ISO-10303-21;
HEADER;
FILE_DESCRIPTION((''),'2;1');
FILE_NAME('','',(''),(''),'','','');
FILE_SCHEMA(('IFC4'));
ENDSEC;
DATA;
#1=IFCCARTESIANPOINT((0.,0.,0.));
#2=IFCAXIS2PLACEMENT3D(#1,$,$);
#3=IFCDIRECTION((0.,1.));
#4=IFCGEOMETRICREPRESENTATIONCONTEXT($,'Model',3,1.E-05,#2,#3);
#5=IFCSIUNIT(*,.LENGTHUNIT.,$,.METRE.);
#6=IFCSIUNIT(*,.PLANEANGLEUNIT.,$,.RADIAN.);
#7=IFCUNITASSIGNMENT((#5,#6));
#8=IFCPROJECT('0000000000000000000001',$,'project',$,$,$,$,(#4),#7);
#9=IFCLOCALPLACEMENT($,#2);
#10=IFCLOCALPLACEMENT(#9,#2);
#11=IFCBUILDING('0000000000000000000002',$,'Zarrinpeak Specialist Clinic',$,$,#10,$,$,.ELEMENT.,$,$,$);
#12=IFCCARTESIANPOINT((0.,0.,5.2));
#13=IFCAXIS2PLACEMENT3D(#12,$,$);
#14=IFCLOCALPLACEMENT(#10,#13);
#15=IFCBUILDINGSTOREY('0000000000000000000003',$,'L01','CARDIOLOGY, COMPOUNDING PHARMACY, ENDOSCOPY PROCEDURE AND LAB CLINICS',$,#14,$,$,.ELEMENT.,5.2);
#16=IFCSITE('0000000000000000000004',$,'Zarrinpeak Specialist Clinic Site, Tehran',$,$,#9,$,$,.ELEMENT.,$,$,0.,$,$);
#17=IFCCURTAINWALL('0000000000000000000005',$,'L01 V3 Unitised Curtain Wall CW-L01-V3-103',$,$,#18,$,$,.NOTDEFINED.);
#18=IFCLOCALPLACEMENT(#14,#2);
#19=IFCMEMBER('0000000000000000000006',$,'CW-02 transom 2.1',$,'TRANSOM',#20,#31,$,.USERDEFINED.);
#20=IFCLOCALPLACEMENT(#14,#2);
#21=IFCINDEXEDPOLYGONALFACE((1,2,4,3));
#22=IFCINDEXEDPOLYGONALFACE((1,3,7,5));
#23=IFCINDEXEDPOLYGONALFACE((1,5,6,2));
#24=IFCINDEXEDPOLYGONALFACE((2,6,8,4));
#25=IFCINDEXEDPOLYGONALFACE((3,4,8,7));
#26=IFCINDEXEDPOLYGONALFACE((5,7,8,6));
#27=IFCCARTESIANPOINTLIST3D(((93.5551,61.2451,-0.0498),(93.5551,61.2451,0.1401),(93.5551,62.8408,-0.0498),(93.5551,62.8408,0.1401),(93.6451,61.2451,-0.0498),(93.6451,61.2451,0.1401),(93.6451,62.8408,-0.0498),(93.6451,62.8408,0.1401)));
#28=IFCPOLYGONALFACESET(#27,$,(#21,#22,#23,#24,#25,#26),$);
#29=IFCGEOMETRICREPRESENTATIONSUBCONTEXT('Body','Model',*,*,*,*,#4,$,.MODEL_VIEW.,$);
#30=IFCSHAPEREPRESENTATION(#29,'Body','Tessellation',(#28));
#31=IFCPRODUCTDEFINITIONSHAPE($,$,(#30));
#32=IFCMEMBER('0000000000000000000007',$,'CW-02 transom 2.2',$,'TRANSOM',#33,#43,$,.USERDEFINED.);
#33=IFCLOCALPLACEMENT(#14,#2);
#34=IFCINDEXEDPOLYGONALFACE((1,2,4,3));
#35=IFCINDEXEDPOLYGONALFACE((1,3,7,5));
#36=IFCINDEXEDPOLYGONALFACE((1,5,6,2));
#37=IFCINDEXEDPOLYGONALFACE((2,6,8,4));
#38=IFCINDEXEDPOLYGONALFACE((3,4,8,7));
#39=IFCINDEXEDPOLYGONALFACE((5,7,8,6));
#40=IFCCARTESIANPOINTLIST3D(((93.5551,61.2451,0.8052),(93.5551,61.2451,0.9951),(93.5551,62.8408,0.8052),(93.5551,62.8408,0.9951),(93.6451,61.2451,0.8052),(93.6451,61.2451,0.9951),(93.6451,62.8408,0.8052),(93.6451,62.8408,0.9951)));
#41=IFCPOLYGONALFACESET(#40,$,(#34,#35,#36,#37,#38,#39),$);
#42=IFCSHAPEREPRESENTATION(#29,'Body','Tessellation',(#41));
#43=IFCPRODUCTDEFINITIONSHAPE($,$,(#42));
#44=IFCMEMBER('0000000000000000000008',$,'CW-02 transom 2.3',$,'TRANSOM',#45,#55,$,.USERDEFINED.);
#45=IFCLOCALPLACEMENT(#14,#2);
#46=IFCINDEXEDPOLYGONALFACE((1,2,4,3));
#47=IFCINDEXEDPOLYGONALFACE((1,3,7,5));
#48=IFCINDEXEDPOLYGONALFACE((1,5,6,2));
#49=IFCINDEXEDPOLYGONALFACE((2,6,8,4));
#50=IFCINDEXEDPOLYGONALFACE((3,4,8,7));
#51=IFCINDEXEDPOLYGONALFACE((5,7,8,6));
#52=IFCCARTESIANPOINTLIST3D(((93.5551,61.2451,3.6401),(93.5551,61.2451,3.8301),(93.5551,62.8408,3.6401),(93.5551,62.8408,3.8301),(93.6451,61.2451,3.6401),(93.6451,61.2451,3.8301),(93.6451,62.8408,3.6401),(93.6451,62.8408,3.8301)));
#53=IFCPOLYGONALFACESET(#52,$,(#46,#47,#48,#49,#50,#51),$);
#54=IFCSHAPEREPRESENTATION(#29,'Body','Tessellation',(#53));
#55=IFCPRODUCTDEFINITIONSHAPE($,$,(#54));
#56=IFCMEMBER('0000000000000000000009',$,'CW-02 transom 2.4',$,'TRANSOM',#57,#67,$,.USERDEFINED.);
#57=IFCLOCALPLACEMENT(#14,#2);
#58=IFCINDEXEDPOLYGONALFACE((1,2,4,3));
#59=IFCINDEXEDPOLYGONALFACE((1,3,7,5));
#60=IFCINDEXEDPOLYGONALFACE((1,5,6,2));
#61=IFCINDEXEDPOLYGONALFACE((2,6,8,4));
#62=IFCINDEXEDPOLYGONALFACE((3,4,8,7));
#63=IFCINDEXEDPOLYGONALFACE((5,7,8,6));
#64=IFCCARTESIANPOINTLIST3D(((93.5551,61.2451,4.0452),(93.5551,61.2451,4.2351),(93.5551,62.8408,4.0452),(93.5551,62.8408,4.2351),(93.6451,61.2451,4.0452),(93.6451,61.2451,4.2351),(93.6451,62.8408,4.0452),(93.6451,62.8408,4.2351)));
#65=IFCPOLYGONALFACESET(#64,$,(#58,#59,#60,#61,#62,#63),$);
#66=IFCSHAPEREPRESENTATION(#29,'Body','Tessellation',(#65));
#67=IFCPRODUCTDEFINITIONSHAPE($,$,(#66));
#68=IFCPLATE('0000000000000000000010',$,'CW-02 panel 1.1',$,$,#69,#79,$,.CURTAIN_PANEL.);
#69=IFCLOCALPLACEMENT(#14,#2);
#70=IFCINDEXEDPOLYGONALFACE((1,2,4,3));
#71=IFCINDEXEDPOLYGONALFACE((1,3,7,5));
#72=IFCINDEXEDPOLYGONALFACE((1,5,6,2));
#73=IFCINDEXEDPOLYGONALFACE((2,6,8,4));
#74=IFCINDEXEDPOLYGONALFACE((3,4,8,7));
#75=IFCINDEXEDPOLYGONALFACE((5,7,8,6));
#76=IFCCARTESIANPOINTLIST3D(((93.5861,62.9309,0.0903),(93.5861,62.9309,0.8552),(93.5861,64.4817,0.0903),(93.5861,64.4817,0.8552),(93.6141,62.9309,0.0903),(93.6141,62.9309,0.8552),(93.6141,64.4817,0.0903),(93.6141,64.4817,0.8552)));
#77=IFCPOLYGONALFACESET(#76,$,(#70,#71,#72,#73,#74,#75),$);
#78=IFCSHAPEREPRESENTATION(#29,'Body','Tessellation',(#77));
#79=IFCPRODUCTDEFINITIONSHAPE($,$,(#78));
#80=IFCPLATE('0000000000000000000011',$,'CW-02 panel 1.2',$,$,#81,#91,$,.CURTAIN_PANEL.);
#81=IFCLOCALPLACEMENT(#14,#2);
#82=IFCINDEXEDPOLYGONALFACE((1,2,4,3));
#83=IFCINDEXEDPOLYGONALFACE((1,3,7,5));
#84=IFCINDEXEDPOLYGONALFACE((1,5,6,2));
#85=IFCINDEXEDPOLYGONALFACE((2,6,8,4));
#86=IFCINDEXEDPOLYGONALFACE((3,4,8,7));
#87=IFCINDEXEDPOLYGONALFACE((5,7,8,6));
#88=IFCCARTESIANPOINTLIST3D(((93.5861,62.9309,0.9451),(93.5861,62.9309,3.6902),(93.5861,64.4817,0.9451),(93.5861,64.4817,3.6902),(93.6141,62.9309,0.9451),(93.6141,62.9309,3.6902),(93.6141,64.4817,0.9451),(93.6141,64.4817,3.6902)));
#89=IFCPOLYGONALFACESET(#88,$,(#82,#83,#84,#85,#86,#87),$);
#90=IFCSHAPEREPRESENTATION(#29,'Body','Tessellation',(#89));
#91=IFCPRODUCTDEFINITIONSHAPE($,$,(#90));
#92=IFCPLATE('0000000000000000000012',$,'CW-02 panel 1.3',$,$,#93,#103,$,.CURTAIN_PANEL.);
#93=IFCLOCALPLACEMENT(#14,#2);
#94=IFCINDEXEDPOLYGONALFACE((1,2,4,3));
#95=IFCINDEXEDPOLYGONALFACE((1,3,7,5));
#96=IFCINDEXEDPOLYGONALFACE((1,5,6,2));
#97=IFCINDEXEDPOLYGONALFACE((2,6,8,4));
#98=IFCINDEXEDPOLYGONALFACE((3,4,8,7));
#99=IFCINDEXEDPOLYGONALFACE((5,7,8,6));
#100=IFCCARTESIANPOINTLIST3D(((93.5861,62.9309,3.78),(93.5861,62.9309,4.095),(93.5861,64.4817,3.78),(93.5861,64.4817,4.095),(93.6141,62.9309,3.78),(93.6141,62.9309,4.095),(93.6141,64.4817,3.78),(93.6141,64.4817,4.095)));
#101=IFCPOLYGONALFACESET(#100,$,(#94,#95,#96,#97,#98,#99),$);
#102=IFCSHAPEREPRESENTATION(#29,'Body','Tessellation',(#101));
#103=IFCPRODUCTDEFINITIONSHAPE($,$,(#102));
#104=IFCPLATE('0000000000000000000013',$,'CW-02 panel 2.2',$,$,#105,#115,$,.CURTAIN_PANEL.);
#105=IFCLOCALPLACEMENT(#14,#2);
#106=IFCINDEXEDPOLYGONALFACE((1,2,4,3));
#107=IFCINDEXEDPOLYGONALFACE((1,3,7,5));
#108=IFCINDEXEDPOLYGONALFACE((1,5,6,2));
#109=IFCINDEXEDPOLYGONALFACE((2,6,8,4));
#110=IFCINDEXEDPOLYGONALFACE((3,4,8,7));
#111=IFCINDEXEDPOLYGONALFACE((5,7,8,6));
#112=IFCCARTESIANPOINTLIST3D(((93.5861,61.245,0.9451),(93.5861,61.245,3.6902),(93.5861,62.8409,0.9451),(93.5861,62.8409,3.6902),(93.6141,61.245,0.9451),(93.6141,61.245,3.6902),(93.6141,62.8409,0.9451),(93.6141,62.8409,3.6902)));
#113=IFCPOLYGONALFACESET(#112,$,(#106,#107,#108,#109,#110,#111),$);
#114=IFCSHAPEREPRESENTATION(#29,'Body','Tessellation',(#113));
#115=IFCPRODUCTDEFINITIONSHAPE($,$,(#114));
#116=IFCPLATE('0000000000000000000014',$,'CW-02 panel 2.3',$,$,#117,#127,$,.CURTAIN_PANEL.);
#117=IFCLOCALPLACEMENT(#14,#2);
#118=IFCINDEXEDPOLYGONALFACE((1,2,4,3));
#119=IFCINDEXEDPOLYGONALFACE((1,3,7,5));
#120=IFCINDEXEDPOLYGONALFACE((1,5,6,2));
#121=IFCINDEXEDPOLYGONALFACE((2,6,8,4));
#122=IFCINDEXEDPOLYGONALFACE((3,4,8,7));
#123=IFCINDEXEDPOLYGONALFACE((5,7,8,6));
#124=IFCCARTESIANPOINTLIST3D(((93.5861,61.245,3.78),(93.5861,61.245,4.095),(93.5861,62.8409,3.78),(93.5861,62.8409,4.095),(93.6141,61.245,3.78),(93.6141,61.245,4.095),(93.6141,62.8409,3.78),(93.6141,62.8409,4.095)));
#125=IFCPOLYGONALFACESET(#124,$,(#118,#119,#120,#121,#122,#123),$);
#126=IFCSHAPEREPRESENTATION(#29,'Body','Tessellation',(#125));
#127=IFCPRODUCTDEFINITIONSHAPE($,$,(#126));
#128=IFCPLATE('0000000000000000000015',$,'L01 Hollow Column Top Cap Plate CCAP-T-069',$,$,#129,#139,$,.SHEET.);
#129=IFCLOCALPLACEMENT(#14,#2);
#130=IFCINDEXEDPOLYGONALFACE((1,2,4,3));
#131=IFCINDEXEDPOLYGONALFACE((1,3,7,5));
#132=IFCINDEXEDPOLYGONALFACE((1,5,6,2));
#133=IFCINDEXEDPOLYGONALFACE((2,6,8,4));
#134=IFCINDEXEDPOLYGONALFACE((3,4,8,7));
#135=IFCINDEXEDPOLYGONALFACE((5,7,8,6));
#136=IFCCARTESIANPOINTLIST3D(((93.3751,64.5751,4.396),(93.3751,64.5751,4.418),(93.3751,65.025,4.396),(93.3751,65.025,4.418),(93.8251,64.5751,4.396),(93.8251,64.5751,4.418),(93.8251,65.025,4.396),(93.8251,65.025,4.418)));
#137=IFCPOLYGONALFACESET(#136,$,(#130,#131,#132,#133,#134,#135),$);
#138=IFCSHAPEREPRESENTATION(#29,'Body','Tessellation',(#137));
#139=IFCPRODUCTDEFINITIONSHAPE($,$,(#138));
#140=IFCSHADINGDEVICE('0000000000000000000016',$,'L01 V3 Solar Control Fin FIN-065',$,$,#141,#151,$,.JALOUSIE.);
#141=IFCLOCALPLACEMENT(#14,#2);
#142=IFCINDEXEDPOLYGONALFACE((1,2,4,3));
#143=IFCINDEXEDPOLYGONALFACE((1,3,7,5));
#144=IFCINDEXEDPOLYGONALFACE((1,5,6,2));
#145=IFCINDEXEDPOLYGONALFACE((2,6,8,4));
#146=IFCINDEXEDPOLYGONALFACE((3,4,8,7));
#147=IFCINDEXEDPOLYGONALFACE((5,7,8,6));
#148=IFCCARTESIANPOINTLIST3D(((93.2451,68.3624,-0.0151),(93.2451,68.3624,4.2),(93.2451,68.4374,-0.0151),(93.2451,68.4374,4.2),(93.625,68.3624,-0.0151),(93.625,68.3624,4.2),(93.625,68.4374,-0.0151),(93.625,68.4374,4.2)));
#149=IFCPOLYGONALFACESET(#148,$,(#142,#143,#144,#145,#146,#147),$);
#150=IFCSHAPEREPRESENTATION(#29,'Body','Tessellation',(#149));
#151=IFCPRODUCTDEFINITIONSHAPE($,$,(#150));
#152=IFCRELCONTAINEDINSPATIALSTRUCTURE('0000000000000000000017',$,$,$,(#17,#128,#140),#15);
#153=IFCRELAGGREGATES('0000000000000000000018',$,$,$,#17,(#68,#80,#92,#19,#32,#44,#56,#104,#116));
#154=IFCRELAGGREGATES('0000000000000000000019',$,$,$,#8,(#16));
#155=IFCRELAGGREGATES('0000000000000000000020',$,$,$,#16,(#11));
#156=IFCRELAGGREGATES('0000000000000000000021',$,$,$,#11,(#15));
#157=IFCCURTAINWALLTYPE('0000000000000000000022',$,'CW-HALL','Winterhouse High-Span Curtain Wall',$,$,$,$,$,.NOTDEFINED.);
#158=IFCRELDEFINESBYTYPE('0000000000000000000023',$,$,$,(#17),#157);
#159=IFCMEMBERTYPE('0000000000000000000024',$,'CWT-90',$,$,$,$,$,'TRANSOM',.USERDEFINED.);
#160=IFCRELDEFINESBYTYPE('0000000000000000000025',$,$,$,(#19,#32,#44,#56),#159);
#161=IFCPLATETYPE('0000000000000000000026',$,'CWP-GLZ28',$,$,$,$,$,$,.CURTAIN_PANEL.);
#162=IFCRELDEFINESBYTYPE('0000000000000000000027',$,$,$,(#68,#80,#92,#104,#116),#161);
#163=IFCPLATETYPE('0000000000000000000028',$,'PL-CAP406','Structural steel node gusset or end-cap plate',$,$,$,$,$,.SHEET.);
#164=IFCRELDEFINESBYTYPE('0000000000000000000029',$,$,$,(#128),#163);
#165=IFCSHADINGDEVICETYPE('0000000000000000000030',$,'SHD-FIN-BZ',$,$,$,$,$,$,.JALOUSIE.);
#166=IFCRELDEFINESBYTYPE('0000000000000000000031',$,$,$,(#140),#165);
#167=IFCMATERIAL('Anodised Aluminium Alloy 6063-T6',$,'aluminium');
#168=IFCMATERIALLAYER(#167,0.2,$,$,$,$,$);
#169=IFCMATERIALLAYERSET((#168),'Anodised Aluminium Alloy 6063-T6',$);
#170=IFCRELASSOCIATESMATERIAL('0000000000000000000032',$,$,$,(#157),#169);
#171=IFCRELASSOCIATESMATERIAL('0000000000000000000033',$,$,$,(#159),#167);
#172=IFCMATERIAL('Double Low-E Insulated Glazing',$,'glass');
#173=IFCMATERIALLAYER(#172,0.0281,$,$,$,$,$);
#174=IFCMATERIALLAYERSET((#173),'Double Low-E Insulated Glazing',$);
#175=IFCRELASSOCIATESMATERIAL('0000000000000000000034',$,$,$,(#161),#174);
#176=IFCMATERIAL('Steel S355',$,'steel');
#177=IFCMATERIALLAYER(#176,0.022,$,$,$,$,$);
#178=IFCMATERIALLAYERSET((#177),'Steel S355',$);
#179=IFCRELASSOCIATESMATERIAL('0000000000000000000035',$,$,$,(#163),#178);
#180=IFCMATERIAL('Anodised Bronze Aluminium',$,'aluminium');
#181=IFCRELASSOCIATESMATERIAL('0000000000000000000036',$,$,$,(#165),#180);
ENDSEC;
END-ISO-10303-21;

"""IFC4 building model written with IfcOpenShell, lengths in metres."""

from ifc_helpers import new_model, si_unit, direction, frame, origin, origin_2d, place, context, subcontext, project, spatial, rectangle, extrude, material, layer, layer_set, material_profile, profile_set, type_object, element, aggregate, save


model = new_model("IFC4")

# Units and contexts
model_context = context("Model", 3, precision=1e-05, world=origin(), true_north=direction((0.0, 1.0)))
body_context = subcontext(model_context, "Body", "Model", "MODEL_VIEW")
ifc_project = project(units=[si_unit("LENGTHUNIT", "METRE"), si_unit("PLANEANGLEUNIT", "RADIAN")], contexts=[model_context])

# Site, building, storey
site_placement = place(None, origin())
site = spatial("IfcSite", under=ifc_project, at=site_placement, Name="Zarrinpeak Specialist Clinic Site, Tehran", CompositionType="ELEMENT", RefElevation=0.0)
building_placement = place(site_placement, origin())
building = spatial("IfcBuilding", under=site, at=building_placement, Name="Zarrinpeak Specialist Clinic", CompositionType="ELEMENT")
storey_placement = place(building_placement, frame((0.0, 0.0, 5.2)))
storey = spatial("IfcBuildingStorey", under=building, at=storey_placement, Name="L01", Description="CARDIOLOGY, COMPOUNDING PHARMACY, ENDOSCOPY PROCEDURE AND LAB CLINICS", CompositionType="ELEMENT", Elevation=5.2)

# Shared definitions
ifc_material_1 = material(Name="Steel S355", Category="steel")

# Curtain wall, members, plates
ifc_material_2 = material(Name="Anodised Aluminium Alloy 6063-T6", Category="aluminium")
ifc_layer_1 = layer(ifc_material_2, 0.2)
ifc_layer_set_1 = layer_set([ifc_layer_1], Name="Anodised Aluminium Alloy 6063-T6")
curtain_wall_type = type_object("IfcCurtainWallType", Name="CW-HALL", Description="Winterhouse High-Span Curtain Wall", PredefinedType="NOTDEFINED", material=ifc_layer_set_1)
curtain_wall_placement = place(storey_placement, origin())
curtain_wall = element("IfcCurtainWall", 1, at=curtain_wall_placement, inside=storey, type_object=curtain_wall_type, Name="L01 V3 Unitised Curtain Wall CW-L01-V3-103", PredefinedType="NOTDEFINED")
ifc_material_profile_1 = material_profile(ifc_material_2, rectangle(XDim=0.0901, YDim=0.1899, at=origin_2d()), Name="ALU 90x190")
ifc_profile_set_1 = profile_set([ifc_material_profile_1], Name="Anodised Aluminium Alloy 6063-T6")
member_type_1 = type_object("IfcMemberType", Name="CWT-90", ElementType="TRANSOM", PredefinedType="USERDEFINED", material=ifc_profile_set_1)
member_1_placement = place(storey_placement, frame((93.6001, 62.8408, 0.0452), z_axis=(0.0, -1.0, 0.0), x_axis=(1.0, 0.0, 0.0)))
member_1 = element("IfcMember", 2, at=member_1_placement, type_object=member_type_1, Name="CW-02 transom 2.1", ObjectType="TRANSOM", PredefinedType="USERDEFINED", context=body_context, shape_type="SweptSolid", body=[
    extrude(rectangle(XDim=0.0901, YDim=0.1899, at=origin_2d()), origin(), (0.0, 0.0, 1.0), 1.5957),
])
member_2_placement = place(storey_placement, frame((93.6001, 62.8408, 0.9001), z_axis=(0.0, -1.0, 0.0), x_axis=(1.0, 0.0, 0.0)))
member_2 = element("IfcMember", 3, at=member_2_placement, type_object=member_type_1, Name="CW-02 transom 2.2", ObjectType="TRANSOM", PredefinedType="USERDEFINED", context=body_context, shape_type="SweptSolid", body=[
    extrude(rectangle(XDim=0.0901, YDim=0.1899, at=origin_2d()), origin(), (0.0, 0.0, 1.0), 1.5957),
])
member_3_placement = place(storey_placement, frame((93.6001, 62.8408, 3.7351), z_axis=(0.0, -1.0, 0.0), x_axis=(1.0, 0.0, 0.0)))
member_3 = element("IfcMember", 4, at=member_3_placement, type_object=member_type_1, Name="CW-02 transom 2.3", ObjectType="TRANSOM", PredefinedType="USERDEFINED", context=body_context, shape_type="SweptSolid", body=[
    extrude(rectangle(XDim=0.0901, YDim=0.1899, at=origin_2d()), origin(), (0.0, 0.0, 1.0), 1.5957),
])
member_4_placement = place(storey_placement, frame((93.6001, 62.8408, 4.1401), z_axis=(0.0, -1.0, 0.0), x_axis=(1.0, 0.0, 0.0)))
member_4 = element("IfcMember", 5, at=member_4_placement, type_object=member_type_1, Name="CW-02 transom 2.4", ObjectType="TRANSOM", PredefinedType="USERDEFINED", context=body_context, shape_type="SweptSolid", body=[
    extrude(rectangle(XDim=0.0901, YDim=0.1899, at=origin_2d()), origin(), (0.0, 0.0, 1.0), 1.5957),
])
ifc_material_3 = material(Name="Double Low-E Insulated Glazing", Category="glass")
ifc_layer_2 = layer(ifc_material_3, 0.0281)
ifc_layer_set_2 = layer_set([ifc_layer_2], Name="Double Low-E Insulated Glazing")
plate_type_1 = type_object("IfcPlateType", Name="CWP-GLZ28", PredefinedType="CURTAIN_PANEL", material=ifc_layer_set_2)
plate_1_placement = place(storey_placement, frame((93.6001, 63.7063, 0.0903), z_axis=(0.0, 0.0, 1.0), x_axis=(0.0, -1.0, 0.0)))
plate_1 = element("IfcPlate", 6, at=plate_1_placement, type_object=plate_type_1, Name="CW-02 panel 1.1", PredefinedType="CURTAIN_PANEL", context=body_context, shape_type="SweptSolid", body=[
    extrude(rectangle(XDim=1.5508, YDim=0.0281, at=origin_2d()), origin(), (0.0, 0.0, 1.0), 0.7649),
])
plate_2_placement = place(storey_placement, frame((93.6001, 63.7063, 0.9451), z_axis=(0.0, 0.0, 1.0), x_axis=(0.0, -1.0, 0.0)))
plate_2 = element("IfcPlate", 7, at=plate_2_placement, type_object=plate_type_1, Name="CW-02 panel 1.2", PredefinedType="CURTAIN_PANEL", context=body_context, shape_type="SweptSolid", body=[
    extrude(rectangle(XDim=1.5508, YDim=0.0281, at=origin_2d()), origin(), (0.0, 0.0, 1.0), 2.7451),
])
plate_3_placement = place(storey_placement, frame((93.6001, 63.7063, 3.78), z_axis=(0.0, 0.0, 1.0), x_axis=(0.0, -1.0, 0.0)))
plate_3 = element("IfcPlate", 8, at=plate_3_placement, type_object=plate_type_1, Name="CW-02 panel 1.3", PredefinedType="CURTAIN_PANEL", context=body_context, shape_type="SweptSolid", body=[
    extrude(rectangle(XDim=1.5508, YDim=0.0281, at=origin_2d()), origin(), (0.0, 0.0, 1.0), 0.3149),
])
plate_4_placement = place(storey_placement, frame((93.6001, 62.043, 0.9451), z_axis=(0.0, 0.0, 1.0), x_axis=(0.0, -1.0, 0.0)))
plate_4 = element("IfcPlate", 9, at=plate_4_placement, type_object=plate_type_1, Name="CW-02 panel 2.2", PredefinedType="CURTAIN_PANEL", context=body_context, shape_type="SweptSolid", body=[
    extrude(rectangle(XDim=1.5959, YDim=0.0281, at=origin_2d()), origin(), (0.0, 0.0, 1.0), 2.7451),
])
plate_5_placement = place(storey_placement, frame((93.6001, 62.043, 3.78), z_axis=(0.0, 0.0, 1.0), x_axis=(0.0, -1.0, 0.0)))
plate_5 = element("IfcPlate", 10, at=plate_5_placement, type_object=plate_type_1, Name="CW-02 panel 2.3", PredefinedType="CURTAIN_PANEL", context=body_context, shape_type="SweptSolid", body=[
    extrude(rectangle(XDim=1.5959, YDim=0.0281, at=origin_2d()), origin(), (0.0, 0.0, 1.0), 0.3149),
])
aggregate(curtain_wall, [plate_1, plate_2, plate_3, member_1, member_2, member_3, member_4, plate_4, plate_5])

# Plate
ifc_layer_3 = layer(ifc_material_1, 0.022)
ifc_layer_set_3 = layer_set([ifc_layer_3], Name="Steel S355")
plate_type_2 = type_object("IfcPlateType", Name="PL-CAP406", Description="Structural steel node gusset or end-cap plate", PredefinedType="SHEET", material=ifc_layer_set_3)
plate_6_placement = place(storey_placement, frame((93.6001, 64.8, 4.396), z_axis=(0.0, 0.0, 1.0), x_axis=(1.0, 0.0, 0.0)))
element("IfcPlate", 11, at=plate_6_placement, inside=storey, type_object=plate_type_2, Name="L01 Hollow Column Top Cap Plate CCAP-T-069", PredefinedType="SHEET", context=body_context, shape_type="SweptSolid", body=[
    extrude(rectangle(XDim=0.45, YDim=0.45, at=origin_2d()), origin(), (0.0, 0.0, 1.0), 0.022),
])

# Shading device
ifc_material_4 = material(Name="Anodised Bronze Aluminium", Category="aluminium")
shading_device_type = type_object("IfcShadingDeviceType", Name="SHD-FIN-BZ", PredefinedType="JALOUSIE", material=ifc_material_4)
shading_device_placement = place(storey_placement, frame((93.4351, 68.3999, -0.0151), z_axis=(0.0, 0.0, 1.0), x_axis=(1.0, 0.0, 0.0)))
element("IfcShadingDevice", 12, at=shading_device_placement, inside=storey, type_object=shading_device_type, Name="L01 V3 Solar Control Fin FIN-065", PredefinedType="JALOUSIE", context=body_context, shape_type="SweptSolid", body=[
    extrude(rectangle(XDim=0.3799, YDim=0.075, at=origin_2d()), origin(), (0.0, 0.0, 1.0), 4.2151),
])

save(model, "model.ifc")
